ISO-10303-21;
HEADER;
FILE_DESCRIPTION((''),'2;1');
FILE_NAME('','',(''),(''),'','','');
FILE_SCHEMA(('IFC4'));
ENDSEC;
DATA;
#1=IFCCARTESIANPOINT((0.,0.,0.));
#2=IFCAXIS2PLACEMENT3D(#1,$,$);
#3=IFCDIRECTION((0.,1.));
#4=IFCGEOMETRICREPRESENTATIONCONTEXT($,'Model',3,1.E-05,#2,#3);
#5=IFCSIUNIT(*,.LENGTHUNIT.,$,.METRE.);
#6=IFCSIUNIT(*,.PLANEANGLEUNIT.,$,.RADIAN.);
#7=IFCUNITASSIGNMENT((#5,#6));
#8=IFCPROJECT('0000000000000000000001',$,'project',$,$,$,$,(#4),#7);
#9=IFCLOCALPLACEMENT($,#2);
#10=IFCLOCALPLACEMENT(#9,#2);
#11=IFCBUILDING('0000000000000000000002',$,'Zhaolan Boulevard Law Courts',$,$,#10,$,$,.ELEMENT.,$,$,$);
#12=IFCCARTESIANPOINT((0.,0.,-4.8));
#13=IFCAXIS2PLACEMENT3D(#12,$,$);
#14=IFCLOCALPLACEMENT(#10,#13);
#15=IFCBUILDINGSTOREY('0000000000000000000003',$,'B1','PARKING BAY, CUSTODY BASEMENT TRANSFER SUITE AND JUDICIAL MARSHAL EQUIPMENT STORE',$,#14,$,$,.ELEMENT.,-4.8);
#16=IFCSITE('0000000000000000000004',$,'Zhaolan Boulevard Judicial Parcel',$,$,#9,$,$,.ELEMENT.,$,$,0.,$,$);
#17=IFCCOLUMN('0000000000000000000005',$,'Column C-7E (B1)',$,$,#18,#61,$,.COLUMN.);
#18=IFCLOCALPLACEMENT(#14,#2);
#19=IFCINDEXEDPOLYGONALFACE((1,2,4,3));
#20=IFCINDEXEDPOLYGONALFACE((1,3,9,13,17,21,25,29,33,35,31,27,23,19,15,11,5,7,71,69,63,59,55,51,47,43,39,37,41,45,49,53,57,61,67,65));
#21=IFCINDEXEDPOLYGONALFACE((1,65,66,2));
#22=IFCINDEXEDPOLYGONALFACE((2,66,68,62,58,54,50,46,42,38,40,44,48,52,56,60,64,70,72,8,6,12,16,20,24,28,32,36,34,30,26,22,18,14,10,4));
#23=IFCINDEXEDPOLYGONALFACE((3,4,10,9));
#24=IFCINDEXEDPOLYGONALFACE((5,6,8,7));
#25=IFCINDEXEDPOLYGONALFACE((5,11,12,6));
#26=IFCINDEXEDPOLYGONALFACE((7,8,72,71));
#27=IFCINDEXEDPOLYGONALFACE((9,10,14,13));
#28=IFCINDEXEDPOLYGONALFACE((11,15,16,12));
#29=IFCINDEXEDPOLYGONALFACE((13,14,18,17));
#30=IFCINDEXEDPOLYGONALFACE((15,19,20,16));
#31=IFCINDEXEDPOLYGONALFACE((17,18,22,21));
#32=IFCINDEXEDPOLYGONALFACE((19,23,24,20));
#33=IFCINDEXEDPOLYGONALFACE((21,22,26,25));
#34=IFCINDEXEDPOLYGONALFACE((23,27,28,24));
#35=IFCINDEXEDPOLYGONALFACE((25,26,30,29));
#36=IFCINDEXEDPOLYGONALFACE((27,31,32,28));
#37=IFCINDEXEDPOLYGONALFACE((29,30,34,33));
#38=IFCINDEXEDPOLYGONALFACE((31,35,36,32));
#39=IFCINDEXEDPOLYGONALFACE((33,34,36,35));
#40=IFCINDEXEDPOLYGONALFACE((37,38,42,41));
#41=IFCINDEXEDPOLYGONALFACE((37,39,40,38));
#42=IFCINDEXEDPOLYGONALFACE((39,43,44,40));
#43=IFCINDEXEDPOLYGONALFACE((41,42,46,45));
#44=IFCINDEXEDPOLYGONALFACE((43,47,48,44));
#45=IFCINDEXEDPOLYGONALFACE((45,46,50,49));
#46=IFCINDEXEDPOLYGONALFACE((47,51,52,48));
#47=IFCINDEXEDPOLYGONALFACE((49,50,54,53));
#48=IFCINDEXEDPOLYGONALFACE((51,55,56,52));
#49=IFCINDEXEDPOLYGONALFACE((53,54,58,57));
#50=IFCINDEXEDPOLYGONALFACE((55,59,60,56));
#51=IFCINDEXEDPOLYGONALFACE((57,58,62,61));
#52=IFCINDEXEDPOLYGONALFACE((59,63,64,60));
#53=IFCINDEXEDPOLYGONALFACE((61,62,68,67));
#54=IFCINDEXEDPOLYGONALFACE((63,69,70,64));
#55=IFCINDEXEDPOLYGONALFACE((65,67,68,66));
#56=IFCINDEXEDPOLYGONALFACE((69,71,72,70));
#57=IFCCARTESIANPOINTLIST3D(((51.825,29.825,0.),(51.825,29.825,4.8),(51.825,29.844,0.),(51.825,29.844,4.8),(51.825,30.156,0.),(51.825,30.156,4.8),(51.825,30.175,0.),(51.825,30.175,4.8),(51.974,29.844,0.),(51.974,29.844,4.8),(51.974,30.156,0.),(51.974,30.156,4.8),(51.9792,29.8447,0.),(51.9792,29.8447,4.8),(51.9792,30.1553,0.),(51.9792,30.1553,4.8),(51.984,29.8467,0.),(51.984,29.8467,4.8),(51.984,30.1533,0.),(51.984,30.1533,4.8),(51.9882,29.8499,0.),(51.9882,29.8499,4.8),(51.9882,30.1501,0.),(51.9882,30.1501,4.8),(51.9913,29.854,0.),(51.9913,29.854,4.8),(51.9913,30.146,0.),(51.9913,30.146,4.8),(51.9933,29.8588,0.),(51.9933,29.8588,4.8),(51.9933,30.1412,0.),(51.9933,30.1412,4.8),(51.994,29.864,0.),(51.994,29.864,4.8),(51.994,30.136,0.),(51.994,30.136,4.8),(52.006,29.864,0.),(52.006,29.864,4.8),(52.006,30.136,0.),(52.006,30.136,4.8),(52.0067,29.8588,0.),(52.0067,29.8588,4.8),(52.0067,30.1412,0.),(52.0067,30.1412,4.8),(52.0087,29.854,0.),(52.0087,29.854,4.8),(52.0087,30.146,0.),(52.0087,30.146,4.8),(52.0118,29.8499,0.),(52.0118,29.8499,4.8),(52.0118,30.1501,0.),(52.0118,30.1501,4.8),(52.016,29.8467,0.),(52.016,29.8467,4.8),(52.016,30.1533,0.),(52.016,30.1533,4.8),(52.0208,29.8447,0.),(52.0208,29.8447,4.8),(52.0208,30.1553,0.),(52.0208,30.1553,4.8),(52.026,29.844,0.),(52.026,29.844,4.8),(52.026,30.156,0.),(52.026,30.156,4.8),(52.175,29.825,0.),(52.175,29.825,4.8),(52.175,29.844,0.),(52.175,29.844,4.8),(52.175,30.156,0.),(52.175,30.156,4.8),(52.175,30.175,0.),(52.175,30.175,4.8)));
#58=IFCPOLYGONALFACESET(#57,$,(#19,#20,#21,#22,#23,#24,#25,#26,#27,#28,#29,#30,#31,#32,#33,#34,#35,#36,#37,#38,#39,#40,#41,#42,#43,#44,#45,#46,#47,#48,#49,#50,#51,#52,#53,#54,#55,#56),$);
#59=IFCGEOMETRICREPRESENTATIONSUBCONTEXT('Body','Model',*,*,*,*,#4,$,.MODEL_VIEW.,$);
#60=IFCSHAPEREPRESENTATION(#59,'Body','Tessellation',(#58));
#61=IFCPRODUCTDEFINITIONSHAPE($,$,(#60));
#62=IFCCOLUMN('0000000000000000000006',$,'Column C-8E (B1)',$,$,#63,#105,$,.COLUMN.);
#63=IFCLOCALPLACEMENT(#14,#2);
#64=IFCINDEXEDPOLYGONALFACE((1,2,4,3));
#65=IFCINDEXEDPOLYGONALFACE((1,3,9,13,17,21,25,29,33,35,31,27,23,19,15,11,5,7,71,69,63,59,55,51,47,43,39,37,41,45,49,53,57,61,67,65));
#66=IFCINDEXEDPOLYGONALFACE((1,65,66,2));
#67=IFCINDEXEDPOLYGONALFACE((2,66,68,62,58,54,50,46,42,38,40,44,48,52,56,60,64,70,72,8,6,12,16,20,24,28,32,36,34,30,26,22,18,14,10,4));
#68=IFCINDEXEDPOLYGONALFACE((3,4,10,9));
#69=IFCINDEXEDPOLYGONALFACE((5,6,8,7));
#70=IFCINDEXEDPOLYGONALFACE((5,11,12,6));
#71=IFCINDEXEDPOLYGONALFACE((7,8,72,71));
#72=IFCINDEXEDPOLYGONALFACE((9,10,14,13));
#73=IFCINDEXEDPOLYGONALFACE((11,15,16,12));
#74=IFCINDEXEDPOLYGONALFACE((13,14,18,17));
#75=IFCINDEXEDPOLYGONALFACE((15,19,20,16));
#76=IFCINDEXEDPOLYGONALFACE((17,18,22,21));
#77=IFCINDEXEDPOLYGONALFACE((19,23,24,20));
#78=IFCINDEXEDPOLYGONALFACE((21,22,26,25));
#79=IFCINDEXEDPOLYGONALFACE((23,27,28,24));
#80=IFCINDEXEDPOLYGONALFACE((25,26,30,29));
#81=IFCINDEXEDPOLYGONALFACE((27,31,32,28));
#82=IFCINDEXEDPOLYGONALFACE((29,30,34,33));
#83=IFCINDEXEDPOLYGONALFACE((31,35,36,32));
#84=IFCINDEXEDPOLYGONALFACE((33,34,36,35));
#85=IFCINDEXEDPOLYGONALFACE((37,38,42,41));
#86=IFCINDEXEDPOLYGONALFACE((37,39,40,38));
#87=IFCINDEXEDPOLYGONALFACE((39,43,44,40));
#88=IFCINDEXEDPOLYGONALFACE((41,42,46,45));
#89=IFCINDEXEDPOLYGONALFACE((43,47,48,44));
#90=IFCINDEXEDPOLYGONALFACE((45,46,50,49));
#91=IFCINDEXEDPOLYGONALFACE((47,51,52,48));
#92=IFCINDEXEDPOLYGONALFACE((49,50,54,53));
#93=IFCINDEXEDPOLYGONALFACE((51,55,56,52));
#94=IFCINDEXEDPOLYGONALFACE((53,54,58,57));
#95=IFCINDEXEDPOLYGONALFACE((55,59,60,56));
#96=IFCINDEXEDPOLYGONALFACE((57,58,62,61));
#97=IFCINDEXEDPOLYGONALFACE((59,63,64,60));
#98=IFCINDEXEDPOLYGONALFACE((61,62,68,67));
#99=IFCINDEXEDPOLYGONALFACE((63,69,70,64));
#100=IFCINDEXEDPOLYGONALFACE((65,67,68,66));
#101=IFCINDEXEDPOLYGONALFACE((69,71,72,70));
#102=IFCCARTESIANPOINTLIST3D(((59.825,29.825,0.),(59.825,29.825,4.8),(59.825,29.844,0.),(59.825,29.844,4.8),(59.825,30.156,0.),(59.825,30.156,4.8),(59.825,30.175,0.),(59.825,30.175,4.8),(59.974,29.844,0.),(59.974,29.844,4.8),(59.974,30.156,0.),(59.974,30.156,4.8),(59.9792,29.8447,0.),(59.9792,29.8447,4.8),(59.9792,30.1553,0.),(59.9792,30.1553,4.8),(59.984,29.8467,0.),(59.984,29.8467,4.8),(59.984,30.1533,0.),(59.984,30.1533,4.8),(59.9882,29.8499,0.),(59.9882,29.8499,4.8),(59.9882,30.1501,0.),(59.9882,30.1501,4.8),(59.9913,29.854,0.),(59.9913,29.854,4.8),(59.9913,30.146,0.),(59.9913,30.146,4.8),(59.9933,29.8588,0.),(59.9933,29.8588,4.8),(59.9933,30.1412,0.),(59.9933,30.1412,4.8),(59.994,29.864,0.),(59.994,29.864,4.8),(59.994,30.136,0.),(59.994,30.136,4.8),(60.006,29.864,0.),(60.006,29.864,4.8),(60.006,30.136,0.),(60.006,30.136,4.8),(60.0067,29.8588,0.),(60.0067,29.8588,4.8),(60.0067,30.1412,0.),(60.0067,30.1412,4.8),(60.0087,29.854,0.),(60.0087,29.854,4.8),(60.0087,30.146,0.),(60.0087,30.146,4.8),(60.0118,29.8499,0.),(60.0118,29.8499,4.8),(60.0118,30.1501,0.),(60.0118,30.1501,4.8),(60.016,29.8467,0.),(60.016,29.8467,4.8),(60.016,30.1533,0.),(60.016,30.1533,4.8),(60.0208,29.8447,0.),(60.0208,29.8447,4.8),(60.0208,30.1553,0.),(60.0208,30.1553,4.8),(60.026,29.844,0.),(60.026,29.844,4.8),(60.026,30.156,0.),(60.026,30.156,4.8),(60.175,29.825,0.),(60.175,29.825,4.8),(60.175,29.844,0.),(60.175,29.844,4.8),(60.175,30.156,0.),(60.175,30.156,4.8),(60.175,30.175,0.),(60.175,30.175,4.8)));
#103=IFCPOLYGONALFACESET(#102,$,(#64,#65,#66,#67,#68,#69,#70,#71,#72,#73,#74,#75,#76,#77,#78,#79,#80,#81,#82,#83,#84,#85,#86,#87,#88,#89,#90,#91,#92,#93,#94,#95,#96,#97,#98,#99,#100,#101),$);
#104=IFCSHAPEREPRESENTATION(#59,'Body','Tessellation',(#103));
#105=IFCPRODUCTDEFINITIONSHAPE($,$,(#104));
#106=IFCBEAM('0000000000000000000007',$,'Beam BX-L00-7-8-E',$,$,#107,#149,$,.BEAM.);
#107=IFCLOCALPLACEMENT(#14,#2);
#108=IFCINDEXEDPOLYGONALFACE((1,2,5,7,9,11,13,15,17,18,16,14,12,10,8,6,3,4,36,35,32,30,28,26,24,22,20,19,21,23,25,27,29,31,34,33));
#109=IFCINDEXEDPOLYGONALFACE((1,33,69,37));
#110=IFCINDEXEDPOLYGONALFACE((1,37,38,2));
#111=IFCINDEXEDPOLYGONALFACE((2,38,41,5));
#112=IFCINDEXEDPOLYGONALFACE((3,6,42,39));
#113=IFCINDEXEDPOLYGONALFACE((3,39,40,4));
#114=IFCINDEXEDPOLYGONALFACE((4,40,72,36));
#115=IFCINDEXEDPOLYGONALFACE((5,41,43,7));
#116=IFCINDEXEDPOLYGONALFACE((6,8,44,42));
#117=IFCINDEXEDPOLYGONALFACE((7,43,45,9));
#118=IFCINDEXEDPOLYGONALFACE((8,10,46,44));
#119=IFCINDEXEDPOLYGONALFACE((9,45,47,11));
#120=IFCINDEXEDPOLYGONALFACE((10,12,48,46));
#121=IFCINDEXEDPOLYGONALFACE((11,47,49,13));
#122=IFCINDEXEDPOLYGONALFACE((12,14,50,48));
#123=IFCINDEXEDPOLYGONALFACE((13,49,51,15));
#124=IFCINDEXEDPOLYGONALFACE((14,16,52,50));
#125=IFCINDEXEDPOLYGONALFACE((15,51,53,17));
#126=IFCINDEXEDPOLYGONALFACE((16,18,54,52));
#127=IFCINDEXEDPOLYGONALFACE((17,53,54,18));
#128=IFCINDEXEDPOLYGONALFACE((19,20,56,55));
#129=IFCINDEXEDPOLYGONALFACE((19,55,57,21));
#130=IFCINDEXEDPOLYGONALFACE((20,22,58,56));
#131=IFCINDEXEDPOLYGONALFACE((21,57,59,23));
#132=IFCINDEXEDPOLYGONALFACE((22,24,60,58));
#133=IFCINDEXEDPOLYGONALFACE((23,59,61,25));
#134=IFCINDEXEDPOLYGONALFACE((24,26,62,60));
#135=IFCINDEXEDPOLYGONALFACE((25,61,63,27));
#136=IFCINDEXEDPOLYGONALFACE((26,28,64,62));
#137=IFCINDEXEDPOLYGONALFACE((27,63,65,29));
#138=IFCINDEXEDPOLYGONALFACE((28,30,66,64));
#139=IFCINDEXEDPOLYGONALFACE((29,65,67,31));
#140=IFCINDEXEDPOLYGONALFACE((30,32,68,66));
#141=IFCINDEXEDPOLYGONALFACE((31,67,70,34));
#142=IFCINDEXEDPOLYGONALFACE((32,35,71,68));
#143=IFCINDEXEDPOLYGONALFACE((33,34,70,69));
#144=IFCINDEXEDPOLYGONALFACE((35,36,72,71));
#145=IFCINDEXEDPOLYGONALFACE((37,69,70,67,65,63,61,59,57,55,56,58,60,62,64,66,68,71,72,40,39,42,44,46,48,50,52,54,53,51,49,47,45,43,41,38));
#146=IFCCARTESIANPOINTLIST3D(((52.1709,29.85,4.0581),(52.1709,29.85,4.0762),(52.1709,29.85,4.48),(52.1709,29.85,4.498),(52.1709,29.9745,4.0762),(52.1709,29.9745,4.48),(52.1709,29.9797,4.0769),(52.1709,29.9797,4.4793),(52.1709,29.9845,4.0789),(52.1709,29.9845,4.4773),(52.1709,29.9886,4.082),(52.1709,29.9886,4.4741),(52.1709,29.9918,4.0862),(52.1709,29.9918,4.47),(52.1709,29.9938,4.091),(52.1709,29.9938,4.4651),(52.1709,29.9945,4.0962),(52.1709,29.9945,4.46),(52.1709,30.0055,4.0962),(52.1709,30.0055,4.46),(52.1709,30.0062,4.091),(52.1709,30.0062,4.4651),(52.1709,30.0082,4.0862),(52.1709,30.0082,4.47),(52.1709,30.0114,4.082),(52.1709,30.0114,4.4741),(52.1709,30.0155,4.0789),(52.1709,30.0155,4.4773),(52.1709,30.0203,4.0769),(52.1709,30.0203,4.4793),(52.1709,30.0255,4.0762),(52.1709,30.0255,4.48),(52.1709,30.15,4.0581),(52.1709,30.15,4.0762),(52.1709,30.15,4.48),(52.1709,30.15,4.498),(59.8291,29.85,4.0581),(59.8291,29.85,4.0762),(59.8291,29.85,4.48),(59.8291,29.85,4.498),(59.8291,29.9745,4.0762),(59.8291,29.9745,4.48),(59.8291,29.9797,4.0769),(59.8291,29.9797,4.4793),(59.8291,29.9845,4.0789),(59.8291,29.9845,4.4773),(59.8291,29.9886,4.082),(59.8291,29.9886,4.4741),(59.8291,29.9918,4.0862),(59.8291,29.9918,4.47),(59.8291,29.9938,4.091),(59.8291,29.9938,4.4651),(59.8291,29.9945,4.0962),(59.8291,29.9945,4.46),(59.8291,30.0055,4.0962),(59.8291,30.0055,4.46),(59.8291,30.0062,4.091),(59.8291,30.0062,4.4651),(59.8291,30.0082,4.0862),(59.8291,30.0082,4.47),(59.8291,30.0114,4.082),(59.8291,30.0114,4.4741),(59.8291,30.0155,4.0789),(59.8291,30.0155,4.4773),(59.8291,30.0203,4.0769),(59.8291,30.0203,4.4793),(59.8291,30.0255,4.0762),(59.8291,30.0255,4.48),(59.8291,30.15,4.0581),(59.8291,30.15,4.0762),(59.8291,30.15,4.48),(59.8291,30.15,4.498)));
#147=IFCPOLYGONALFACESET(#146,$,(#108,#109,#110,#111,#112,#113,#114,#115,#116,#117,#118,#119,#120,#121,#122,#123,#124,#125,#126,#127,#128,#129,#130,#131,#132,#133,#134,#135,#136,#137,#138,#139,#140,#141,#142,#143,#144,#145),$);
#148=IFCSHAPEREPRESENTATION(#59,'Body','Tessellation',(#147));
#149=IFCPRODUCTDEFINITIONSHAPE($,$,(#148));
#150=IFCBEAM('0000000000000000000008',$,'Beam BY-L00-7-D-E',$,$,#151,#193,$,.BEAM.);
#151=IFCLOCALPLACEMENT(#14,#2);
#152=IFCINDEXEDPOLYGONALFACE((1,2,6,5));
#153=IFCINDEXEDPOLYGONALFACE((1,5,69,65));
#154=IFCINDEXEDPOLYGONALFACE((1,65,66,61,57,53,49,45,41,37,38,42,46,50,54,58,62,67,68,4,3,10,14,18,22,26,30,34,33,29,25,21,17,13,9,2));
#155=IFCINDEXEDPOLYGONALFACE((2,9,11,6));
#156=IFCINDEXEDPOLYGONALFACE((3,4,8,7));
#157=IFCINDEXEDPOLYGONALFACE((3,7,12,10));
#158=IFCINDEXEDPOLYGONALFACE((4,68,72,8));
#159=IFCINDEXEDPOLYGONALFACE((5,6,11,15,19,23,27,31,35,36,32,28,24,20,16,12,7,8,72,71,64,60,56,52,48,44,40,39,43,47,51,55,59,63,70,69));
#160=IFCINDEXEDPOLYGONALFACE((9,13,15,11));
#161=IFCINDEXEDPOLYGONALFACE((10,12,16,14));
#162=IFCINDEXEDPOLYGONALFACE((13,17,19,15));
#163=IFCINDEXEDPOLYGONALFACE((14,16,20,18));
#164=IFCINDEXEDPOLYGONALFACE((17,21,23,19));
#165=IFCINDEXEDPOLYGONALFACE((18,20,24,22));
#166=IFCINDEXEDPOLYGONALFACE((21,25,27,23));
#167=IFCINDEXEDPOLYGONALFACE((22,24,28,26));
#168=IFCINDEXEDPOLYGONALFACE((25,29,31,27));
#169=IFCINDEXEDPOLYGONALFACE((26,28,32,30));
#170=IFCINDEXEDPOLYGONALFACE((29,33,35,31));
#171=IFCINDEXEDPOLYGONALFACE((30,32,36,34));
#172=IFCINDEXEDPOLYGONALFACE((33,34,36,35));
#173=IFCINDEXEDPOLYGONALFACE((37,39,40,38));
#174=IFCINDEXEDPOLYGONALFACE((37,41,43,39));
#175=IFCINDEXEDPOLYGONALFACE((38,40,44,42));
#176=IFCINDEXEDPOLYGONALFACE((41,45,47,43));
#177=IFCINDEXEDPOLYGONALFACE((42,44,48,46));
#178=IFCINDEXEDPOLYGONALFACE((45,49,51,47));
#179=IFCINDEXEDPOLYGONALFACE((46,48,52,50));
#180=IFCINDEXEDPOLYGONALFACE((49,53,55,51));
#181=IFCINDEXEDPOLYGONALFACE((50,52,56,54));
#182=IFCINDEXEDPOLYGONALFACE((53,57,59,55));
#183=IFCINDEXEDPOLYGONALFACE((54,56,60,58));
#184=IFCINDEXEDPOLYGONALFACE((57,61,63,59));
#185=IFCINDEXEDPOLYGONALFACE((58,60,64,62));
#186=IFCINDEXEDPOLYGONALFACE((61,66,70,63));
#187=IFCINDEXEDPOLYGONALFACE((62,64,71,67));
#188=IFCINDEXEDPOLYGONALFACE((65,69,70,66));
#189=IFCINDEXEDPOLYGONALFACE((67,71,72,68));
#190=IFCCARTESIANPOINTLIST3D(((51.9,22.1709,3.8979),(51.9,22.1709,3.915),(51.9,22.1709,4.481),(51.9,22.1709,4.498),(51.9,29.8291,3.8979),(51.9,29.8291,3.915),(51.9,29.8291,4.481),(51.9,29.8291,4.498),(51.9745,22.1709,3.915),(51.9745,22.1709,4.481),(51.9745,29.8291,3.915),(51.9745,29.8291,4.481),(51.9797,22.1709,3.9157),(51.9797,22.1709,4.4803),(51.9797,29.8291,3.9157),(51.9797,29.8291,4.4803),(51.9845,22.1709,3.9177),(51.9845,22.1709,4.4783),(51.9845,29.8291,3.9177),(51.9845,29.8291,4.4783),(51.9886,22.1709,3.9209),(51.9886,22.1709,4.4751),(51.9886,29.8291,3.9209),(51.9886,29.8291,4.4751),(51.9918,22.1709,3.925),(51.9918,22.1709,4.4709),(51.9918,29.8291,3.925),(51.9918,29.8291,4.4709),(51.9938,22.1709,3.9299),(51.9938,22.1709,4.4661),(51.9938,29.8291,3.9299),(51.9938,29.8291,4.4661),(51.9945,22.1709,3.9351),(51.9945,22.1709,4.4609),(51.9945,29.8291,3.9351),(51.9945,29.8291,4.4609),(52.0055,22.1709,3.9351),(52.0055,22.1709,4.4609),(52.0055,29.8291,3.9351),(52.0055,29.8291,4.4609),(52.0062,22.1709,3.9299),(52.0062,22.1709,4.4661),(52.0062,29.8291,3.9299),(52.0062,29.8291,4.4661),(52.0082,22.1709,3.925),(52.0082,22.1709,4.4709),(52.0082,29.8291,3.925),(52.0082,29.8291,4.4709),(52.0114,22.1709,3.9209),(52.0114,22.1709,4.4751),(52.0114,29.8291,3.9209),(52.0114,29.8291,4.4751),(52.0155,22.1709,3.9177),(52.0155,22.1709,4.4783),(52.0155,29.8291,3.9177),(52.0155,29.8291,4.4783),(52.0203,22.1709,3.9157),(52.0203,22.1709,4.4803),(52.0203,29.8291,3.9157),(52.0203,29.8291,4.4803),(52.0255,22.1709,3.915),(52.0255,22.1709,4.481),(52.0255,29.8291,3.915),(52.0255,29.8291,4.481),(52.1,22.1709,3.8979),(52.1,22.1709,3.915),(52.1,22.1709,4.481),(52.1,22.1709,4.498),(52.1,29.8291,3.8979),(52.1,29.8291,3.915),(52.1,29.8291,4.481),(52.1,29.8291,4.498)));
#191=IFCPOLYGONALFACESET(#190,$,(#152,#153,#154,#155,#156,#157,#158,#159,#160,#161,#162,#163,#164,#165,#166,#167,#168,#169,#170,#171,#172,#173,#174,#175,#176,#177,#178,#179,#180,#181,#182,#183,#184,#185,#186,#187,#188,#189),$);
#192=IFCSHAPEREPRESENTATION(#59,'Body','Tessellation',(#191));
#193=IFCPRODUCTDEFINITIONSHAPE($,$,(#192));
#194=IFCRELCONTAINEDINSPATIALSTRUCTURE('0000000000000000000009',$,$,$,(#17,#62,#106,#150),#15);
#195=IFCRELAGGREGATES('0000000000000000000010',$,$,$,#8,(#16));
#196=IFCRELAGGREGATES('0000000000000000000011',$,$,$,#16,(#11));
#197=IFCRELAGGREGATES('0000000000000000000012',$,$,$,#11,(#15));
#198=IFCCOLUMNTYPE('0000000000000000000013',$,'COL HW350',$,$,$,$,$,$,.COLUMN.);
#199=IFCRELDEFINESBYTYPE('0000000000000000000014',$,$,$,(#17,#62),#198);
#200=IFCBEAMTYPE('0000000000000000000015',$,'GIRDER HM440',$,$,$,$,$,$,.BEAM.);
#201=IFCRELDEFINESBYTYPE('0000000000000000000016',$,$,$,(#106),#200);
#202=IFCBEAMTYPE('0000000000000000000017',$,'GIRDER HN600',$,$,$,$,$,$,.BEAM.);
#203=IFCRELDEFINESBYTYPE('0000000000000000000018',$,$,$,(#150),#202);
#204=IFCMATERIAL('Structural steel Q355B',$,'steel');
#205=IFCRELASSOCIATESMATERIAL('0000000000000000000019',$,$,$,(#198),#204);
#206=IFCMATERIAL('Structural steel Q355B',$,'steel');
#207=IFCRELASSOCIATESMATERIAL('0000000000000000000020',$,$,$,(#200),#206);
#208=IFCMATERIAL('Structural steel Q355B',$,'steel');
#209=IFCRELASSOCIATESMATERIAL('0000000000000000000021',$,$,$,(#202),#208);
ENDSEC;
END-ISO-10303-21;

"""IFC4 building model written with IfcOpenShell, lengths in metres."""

from ifc_helpers import new_model, si_unit, direction, frame, origin, origin_2d, place, context, subcontext, project, spatial, i_section, extrude, material, material_profile, profile_set, type_object, element, save


model = new_model("IFC4")

# Units and contexts
model_context = context("Model", 3, precision=1e-05, world=origin(), true_north=direction((0.0, 1.0)))
body_context = subcontext(model_context, "Body", "Model", "MODEL_VIEW")
ifc_project = project(units=[si_unit("LENGTHUNIT", "METRE"), si_unit("PLANEANGLEUNIT", "RADIAN")], contexts=[model_context])

# Site, building, storey
site_placement = place(None, origin())
site = spatial("IfcSite", under=ifc_project, at=site_placement, Name="Zhaolan Boulevard Judicial Parcel", CompositionType="ELEMENT", RefElevation=0.0)
building_placement = place(site_placement, origin())
building = spatial("IfcBuilding", under=site, at=building_placement, Name="Zhaolan Boulevard Law Courts", CompositionType="ELEMENT")
storey_placement = place(building_placement, frame((0.0, 0.0, -4.8)))
storey = spatial("IfcBuildingStorey", under=building, at=storey_placement, Name="B1", Description="PARKING BAY, CUSTODY BASEMENT TRANSFER SUITE AND JUDICIAL MARSHAL EQUIPMENT STORE", CompositionType="ELEMENT", Elevation=-4.8)

# Columns
ifc_material_1 = material(Name="Structural steel Q355B", Category="steel")
ifc_material_profile_1 = material_profile(ifc_material_1, i_section(OverallWidth=0.3501, OverallDepth=0.3501, WebThickness=0.012, FlangeThickness=0.019, FilletRadius=0.02, at=origin_2d()), Name="HW350x350")
ifc_profile_set_1 = profile_set([ifc_material_profile_1], Name="Structural steel Q355B")
column_type = type_object("IfcColumnType", Name="COL HW350", PredefinedType="COLUMN", material=ifc_profile_set_1)
for number, where, z_axis, x_axis, name in (
    (1, (52.0, 30.0, 0.0), (0.0, 0.0, 1.0), (1.0, 0.0, 0.0), "Column C-7E (B1)"),
    (2, (60.0, 30.0, 0.0), (0.0, 0.0, 1.0), (1.0, 0.0, 0.0), "Column C-8E (B1)"),
):
    element("IfcColumn", number, at=place(storey_placement, frame(where, z_axis=z_axis, x_axis=x_axis)), inside=storey, type_object=column_type, Name=name, PredefinedType="COLUMN", context=body_context, shape_type="SweptSolid", body=[
        extrude(i_section(OverallWidth=0.3501, OverallDepth=0.3501, WebThickness=0.012, FlangeThickness=0.019, FilletRadius=0.02, at=origin_2d()), origin(), (0.0, 0.0, 1.0), 4.8),
    ])

# Beams
ifc_material_2 = material(Name="Structural steel Q355B", Category="steel")
ifc_material_profile_2 = material_profile(ifc_material_2, i_section(OverallWidth=0.3, OverallDepth=0.4399, WebThickness=0.011, FlangeThickness=0.0181, FilletRadius=0.02, at=origin_2d()), Name="HM440x300")
ifc_profile_set_2 = profile_set([ifc_material_profile_2], Name="Structural steel Q355B")
beam_type_1 = type_object("IfcBeamType", Name="GIRDER HM440", PredefinedType="BEAM", material=ifc_profile_set_2)
beam_1_placement = place(storey_placement, frame((52.1709, 30.0, 4.2781), z_axis=(1.0, 0.0, 0.0), x_axis=(0.0, 1.0, 0.0)))
element("IfcBeam", 3, at=beam_1_placement, inside=storey, type_object=beam_type_1, Name="Beam BX-L00-7-8-E", PredefinedType="BEAM", context=body_context, shape_type="SweptSolid", body=[
    extrude(i_section(OverallWidth=0.3, OverallDepth=0.4399, WebThickness=0.011, FlangeThickness=0.0181, FilletRadius=0.02, at=origin_2d()), origin(), (0.0, 0.0, 1.0), 7.6582),
])
ifc_material_3 = material(Name="Structural steel Q355B", Category="steel")
ifc_material_profile_3 = material_profile(ifc_material_3, i_section(OverallWidth=0.2, OverallDepth=0.6001, WebThickness=0.011, FlangeThickness=0.0171, FilletRadius=0.02, at=origin_2d()), Name="HN600x200")
ifc_profile_set_3 = profile_set([ifc_material_profile_3], Name="Structural steel Q355B")
beam_type_2 = type_object("IfcBeamType", Name="GIRDER HN600", PredefinedType="BEAM", material=ifc_profile_set_3)
for number, where, z_axis, x_axis, name in (
    (4, (52.0, 22.1709, 4.198), (0.0, 1.0, 0.0), (-1.0, 0.0, 0.0), "Beam BY-L00-7-D-E"),
):
    element("IfcBeam", number, at=place(storey_placement, frame(where, z_axis=z_axis, x_axis=x_axis)), inside=storey, type_object=beam_type_2, Name=name, PredefinedType="BEAM", context=body_context, shape_type="SweptSolid", body=[
        extrude(i_section(OverallWidth=0.2, OverallDepth=0.6001, WebThickness=0.011, FlangeThickness=0.0171, FilletRadius=0.02, at=origin_2d()), origin(), (0.0, 0.0, 1.0), 7.6582),
    ])

save(model, "model.ifc")
